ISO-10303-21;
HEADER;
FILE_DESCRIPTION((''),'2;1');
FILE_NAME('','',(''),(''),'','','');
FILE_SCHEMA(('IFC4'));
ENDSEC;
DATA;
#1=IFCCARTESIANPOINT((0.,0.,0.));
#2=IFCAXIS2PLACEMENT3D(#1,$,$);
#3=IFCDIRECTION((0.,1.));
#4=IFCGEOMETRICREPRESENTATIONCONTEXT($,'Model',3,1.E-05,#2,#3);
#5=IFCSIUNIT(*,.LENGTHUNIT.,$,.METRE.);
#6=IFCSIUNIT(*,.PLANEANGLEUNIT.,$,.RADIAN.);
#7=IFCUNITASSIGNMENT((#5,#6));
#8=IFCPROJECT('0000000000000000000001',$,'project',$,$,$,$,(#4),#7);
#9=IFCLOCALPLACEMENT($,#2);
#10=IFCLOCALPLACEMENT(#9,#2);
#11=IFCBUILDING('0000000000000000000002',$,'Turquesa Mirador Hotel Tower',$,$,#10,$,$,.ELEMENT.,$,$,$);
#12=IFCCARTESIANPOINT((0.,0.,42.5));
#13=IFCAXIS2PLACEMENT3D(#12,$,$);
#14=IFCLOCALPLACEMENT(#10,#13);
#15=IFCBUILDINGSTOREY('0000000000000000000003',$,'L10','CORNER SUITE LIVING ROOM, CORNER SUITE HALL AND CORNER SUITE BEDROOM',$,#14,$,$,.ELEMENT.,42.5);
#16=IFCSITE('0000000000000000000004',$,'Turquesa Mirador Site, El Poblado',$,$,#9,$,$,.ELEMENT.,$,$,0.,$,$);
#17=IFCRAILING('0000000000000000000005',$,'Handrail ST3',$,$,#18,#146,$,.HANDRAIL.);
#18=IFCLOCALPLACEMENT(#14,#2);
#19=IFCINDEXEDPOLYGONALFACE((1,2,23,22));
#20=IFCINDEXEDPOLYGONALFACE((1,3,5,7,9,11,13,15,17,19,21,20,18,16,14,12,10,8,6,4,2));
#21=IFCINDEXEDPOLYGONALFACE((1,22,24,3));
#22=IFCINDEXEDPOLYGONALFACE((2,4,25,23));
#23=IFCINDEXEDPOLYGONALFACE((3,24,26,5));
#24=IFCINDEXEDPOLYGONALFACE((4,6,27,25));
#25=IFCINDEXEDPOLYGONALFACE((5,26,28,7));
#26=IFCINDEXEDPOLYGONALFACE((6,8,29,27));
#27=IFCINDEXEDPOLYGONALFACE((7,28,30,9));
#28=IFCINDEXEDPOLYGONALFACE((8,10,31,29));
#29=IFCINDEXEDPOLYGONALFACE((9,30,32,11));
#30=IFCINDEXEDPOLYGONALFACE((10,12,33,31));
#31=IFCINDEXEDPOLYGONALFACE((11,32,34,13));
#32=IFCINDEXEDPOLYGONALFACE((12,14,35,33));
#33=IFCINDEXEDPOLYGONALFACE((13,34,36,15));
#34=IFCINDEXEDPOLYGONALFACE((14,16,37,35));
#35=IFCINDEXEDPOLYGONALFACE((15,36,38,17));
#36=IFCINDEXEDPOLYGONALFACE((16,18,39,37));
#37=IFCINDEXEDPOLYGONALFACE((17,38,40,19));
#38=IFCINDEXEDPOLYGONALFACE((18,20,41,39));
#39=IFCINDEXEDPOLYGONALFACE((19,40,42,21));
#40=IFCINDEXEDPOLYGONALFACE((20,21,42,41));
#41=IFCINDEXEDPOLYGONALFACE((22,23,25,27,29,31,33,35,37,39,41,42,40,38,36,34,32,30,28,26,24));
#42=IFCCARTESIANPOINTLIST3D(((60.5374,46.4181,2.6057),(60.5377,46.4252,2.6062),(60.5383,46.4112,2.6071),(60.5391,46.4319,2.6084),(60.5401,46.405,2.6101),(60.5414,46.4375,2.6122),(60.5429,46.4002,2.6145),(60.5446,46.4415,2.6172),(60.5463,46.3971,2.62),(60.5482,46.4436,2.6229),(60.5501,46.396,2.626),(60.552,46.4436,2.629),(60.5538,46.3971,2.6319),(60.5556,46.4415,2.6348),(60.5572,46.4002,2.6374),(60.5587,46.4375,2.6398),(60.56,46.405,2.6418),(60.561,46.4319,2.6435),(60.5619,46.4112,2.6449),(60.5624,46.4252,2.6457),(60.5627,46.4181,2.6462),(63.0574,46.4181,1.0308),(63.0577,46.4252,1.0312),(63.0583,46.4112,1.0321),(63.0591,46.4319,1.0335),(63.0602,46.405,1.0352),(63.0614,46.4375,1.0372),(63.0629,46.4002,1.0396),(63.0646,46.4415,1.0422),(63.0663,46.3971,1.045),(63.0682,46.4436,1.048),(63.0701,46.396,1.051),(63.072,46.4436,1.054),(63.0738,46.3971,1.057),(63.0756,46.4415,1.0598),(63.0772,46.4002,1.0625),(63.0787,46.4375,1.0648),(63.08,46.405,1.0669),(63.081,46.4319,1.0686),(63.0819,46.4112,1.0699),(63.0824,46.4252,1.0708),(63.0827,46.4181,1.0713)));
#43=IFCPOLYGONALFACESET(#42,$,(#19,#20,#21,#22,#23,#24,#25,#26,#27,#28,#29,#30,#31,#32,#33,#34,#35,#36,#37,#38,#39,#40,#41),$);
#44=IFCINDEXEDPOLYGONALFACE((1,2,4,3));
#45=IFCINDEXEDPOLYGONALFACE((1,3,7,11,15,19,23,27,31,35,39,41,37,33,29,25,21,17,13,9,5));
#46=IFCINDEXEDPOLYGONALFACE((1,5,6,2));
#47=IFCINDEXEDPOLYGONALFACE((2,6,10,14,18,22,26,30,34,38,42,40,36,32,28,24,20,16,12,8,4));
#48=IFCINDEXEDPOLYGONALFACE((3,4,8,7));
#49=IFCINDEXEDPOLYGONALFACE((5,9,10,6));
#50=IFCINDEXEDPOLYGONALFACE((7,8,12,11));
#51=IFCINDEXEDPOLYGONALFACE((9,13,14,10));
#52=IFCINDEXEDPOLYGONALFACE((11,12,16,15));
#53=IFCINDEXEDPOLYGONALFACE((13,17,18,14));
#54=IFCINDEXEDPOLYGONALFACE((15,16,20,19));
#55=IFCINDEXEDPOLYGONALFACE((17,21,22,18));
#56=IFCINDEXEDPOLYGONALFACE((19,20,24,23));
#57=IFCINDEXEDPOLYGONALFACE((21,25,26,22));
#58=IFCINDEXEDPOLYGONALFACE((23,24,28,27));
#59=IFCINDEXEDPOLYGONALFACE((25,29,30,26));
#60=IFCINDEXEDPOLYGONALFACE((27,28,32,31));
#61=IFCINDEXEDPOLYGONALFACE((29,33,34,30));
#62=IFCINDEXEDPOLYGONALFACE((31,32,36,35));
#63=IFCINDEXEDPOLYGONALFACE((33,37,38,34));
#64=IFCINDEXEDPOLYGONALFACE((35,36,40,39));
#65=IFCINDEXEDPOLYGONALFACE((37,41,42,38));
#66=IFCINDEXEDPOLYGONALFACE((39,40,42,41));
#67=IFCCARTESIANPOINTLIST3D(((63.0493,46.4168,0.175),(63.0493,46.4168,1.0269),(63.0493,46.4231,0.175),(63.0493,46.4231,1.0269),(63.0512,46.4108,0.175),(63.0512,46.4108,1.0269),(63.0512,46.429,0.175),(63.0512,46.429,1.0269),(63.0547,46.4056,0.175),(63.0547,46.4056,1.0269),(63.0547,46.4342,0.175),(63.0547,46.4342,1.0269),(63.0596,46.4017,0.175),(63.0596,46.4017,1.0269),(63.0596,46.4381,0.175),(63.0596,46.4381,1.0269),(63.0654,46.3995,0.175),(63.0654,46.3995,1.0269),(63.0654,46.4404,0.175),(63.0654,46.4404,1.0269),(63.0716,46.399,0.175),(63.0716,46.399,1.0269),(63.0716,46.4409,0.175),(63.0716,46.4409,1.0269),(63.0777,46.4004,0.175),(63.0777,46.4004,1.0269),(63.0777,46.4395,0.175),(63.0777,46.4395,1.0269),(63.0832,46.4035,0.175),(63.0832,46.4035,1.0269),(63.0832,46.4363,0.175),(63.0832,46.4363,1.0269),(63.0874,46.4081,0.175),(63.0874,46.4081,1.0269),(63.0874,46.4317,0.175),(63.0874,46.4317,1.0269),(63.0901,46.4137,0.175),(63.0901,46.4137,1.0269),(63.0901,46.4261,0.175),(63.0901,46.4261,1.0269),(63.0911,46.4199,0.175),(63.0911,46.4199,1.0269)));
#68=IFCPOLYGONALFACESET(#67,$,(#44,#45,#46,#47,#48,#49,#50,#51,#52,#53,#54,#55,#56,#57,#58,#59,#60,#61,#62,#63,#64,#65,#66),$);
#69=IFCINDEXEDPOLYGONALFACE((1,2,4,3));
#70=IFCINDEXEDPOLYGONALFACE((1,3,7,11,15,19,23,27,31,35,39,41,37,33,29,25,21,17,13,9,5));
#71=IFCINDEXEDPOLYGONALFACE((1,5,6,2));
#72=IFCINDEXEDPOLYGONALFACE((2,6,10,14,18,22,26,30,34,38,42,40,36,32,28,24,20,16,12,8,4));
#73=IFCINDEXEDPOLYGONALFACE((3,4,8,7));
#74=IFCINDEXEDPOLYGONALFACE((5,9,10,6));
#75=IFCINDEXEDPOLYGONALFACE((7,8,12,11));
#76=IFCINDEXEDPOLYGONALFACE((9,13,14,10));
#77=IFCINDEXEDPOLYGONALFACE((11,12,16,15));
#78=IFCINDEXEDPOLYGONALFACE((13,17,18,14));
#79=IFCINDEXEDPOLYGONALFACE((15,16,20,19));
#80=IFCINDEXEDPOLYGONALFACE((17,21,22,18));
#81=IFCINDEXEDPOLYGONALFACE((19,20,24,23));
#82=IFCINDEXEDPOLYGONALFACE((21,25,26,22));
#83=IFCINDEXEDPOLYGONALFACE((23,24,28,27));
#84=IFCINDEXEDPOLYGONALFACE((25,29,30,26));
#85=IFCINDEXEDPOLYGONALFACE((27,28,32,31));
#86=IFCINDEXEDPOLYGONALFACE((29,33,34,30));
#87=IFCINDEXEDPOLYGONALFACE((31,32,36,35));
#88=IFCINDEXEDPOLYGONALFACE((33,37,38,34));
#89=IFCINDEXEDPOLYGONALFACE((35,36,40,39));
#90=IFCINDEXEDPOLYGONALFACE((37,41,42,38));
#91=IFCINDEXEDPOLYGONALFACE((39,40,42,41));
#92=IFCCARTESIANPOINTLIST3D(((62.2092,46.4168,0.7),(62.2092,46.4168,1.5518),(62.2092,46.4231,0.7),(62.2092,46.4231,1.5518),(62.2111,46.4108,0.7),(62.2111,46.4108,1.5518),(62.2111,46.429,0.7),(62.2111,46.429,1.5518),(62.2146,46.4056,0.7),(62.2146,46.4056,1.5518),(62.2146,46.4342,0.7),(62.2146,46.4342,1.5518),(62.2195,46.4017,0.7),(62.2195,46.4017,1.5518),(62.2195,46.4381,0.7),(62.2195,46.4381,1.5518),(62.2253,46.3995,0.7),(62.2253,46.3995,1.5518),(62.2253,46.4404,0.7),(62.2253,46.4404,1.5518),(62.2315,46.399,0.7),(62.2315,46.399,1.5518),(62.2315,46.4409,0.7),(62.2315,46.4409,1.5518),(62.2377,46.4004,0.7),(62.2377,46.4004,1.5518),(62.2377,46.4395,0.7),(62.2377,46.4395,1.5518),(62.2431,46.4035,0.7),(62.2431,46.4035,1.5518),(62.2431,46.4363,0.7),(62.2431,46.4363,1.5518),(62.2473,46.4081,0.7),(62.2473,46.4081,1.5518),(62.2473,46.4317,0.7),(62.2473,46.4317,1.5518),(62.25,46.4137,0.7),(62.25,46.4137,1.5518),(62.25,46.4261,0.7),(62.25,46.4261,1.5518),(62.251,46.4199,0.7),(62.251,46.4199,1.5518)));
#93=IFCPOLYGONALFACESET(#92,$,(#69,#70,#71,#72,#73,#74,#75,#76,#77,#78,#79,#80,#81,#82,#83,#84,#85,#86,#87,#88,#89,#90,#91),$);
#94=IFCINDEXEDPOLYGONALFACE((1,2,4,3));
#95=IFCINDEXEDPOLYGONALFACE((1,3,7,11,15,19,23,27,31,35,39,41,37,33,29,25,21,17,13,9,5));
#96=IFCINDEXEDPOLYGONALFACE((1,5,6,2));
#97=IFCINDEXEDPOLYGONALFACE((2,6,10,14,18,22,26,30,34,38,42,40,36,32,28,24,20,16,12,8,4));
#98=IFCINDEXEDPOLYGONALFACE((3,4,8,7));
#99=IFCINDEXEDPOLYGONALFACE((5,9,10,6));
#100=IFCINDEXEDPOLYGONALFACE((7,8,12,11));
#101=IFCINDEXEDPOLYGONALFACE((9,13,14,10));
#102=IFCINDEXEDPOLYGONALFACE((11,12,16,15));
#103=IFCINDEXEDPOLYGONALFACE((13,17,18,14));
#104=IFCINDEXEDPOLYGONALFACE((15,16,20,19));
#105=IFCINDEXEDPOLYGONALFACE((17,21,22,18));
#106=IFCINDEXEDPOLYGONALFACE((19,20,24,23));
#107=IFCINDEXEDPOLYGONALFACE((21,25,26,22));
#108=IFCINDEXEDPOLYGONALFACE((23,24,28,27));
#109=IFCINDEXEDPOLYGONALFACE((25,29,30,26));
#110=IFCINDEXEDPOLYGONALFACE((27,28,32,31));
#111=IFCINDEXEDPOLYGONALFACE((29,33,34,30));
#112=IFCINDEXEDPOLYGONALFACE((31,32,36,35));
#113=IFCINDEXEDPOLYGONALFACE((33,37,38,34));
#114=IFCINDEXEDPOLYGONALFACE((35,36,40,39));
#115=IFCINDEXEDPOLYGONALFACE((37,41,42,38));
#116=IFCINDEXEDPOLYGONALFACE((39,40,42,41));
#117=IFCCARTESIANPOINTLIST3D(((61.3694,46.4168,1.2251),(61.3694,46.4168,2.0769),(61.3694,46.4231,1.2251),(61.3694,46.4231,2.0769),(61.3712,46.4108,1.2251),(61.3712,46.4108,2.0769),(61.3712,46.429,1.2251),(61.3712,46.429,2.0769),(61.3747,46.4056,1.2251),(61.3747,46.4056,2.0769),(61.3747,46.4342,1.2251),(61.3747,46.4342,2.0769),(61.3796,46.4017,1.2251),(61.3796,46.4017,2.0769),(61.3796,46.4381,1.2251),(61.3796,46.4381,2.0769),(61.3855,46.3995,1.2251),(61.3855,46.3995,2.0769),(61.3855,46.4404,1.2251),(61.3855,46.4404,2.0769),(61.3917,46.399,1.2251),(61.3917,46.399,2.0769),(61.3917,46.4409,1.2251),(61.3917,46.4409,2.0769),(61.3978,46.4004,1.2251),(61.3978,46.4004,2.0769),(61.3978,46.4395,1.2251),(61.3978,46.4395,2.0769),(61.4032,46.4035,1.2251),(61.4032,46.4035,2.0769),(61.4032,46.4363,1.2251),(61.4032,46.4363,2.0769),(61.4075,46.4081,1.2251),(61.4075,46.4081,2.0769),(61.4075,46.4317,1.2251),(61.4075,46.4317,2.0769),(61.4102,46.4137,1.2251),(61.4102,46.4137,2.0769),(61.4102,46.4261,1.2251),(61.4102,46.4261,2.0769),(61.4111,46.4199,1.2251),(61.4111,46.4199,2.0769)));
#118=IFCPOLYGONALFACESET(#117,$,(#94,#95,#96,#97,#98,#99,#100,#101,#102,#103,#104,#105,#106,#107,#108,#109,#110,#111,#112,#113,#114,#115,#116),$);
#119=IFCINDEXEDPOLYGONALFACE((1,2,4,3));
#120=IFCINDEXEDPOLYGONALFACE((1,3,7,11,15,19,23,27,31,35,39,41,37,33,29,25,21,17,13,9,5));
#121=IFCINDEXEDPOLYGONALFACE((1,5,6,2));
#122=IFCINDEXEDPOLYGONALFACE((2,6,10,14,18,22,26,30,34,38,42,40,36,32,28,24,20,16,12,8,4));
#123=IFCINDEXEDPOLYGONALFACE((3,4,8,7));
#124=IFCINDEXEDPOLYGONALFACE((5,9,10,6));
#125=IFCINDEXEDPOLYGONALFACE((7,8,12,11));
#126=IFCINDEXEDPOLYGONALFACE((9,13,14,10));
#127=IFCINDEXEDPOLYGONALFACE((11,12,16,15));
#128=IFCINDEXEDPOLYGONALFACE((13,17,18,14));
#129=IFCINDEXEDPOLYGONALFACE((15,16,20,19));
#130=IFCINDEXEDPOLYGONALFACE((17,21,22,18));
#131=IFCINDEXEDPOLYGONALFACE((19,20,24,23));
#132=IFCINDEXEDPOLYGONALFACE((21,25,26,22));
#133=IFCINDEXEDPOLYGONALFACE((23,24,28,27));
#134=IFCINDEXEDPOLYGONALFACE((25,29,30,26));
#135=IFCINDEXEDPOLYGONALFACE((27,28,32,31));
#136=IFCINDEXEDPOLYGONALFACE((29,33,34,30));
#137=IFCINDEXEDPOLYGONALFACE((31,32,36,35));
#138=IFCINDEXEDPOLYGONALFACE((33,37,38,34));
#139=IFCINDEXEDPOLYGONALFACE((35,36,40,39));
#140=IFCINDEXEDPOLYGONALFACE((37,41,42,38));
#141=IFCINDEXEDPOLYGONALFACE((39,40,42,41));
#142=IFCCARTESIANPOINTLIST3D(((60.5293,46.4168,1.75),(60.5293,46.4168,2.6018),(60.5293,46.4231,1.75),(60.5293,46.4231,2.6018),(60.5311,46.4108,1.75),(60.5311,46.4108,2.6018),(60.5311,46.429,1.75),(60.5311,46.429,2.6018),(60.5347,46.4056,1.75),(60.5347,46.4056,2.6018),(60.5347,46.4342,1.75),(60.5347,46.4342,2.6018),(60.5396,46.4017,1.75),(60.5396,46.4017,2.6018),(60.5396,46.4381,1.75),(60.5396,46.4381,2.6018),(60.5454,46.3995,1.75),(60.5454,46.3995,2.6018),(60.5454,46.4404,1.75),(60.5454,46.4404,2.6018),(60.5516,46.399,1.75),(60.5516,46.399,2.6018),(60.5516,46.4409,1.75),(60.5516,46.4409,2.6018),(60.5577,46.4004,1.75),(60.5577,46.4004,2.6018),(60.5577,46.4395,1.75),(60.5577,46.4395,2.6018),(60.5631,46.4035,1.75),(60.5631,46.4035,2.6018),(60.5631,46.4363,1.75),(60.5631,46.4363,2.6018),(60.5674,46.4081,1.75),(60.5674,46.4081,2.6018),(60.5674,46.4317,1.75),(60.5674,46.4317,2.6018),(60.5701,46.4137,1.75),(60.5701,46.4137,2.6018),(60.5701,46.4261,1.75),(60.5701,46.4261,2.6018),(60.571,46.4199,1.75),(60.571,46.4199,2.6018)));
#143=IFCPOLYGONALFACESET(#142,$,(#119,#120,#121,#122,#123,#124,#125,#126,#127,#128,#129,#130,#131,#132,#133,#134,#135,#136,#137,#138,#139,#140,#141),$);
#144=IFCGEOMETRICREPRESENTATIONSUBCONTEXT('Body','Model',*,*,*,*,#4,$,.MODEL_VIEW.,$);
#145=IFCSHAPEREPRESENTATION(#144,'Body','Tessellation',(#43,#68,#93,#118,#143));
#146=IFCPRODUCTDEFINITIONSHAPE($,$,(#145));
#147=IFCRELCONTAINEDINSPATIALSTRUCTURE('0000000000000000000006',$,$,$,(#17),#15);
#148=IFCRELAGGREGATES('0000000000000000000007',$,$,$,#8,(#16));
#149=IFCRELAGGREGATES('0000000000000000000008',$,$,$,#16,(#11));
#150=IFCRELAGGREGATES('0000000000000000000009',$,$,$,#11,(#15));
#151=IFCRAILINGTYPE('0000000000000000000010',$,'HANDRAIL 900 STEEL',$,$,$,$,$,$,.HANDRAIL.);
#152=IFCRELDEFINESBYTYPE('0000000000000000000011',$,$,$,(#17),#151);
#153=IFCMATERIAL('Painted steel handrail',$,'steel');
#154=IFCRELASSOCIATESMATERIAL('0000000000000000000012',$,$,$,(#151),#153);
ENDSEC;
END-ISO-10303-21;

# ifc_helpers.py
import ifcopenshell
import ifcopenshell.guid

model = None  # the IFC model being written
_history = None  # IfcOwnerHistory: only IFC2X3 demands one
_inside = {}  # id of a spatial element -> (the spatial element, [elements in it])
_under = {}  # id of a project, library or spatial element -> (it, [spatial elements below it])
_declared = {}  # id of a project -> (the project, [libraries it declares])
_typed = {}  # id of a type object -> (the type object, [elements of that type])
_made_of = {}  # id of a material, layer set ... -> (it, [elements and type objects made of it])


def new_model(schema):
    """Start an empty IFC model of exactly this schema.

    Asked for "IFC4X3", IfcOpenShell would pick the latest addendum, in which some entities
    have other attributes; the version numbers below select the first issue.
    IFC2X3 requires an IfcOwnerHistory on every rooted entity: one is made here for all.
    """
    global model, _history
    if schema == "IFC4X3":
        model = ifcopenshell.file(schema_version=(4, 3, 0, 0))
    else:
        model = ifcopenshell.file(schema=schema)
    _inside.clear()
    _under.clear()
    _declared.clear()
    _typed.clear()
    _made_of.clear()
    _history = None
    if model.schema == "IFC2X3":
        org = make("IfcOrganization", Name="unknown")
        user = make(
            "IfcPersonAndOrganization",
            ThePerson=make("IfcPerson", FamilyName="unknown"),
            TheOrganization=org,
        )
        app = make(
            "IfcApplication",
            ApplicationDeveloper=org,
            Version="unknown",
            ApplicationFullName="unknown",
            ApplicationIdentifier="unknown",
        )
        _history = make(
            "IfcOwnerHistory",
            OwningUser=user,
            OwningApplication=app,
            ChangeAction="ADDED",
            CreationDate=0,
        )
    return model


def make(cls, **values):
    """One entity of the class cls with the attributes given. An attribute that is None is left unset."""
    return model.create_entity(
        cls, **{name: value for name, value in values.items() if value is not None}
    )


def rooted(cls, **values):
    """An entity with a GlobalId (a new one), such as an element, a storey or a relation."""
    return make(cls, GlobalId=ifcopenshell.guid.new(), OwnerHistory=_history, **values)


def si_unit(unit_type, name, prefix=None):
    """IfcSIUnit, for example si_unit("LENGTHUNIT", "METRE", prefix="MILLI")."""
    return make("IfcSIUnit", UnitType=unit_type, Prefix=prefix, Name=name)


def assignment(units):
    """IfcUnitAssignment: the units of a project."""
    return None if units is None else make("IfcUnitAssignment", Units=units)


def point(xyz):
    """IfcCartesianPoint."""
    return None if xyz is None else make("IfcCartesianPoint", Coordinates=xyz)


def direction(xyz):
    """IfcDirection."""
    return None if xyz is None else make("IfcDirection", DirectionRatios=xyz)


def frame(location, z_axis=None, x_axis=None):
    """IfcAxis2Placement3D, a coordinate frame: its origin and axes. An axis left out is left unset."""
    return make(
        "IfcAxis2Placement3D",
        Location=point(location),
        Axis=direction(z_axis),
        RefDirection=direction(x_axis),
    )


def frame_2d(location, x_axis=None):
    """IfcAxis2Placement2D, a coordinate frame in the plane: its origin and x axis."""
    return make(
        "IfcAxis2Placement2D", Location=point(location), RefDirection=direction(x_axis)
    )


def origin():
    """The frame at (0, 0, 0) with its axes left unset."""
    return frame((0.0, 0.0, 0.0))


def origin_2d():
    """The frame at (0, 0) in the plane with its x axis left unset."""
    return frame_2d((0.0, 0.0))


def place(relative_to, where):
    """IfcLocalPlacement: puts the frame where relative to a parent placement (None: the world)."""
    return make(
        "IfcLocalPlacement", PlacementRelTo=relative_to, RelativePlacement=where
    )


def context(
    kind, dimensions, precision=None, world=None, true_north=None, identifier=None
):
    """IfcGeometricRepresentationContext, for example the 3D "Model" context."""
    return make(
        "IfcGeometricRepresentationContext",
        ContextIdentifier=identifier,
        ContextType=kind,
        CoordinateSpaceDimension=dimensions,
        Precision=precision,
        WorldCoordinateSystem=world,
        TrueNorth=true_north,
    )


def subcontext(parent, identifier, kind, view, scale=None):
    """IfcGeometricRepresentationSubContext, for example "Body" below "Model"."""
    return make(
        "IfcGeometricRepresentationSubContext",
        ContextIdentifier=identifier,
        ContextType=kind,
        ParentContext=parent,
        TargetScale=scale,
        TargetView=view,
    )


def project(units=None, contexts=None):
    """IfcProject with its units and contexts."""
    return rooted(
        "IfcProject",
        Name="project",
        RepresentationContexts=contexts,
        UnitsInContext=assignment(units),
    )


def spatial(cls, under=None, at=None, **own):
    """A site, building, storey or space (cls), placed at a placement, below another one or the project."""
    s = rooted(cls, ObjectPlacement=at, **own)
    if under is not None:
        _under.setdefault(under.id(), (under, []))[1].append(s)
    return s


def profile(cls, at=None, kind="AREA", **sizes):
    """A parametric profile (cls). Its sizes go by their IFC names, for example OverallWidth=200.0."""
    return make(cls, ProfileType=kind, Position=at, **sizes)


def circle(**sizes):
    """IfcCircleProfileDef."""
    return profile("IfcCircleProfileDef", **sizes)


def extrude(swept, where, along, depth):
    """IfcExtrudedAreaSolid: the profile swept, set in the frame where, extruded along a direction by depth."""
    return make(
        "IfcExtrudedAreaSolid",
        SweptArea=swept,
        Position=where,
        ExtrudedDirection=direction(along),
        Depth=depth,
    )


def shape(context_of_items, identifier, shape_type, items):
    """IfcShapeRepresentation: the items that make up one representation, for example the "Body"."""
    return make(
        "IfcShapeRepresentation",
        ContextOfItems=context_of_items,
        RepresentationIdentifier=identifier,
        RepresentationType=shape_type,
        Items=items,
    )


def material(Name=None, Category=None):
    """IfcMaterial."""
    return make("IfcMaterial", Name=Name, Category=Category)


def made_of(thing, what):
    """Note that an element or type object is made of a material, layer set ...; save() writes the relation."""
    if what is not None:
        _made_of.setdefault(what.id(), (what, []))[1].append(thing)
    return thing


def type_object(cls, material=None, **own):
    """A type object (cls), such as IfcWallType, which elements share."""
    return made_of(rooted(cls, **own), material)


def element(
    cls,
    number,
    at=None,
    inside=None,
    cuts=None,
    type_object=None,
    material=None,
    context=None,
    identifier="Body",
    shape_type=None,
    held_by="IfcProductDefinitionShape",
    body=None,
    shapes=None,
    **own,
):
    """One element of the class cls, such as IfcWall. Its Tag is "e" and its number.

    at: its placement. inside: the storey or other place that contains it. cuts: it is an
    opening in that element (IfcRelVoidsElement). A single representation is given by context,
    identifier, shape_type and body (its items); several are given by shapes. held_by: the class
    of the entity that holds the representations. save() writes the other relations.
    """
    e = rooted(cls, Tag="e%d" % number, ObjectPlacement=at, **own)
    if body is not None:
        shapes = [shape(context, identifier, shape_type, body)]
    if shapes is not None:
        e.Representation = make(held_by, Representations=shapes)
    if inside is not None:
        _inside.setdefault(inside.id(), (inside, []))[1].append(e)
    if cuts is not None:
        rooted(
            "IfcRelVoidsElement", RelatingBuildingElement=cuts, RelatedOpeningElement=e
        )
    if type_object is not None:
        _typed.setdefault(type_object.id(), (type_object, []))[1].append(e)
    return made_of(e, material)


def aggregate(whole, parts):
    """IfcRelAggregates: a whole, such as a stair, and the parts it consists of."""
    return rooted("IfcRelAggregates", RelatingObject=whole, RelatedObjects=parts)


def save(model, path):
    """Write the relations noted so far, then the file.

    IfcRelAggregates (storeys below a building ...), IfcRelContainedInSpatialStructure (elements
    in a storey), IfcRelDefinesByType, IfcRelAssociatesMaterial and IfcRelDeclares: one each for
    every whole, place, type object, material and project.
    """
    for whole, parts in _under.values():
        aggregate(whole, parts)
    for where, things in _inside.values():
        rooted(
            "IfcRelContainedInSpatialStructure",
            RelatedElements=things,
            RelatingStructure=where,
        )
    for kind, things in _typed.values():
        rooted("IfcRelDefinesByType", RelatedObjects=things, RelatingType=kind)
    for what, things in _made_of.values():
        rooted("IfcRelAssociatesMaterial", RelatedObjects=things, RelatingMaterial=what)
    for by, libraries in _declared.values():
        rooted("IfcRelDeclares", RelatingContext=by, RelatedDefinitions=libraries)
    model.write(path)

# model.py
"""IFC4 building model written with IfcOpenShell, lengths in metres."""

from ifc_helpers import new_model, si_unit, direction, frame, origin, origin_2d, place, context, subcontext, project, spatial, circle, extrude, material, type_object, element, save


model = new_model("IFC4")

# Units and contexts
model_context = context("Model", 3, precision=1e-05, world=origin(), true_north=direction((0.0, 1.0)))
body_context = subcontext(model_context, "Body", "Model", "MODEL_VIEW")
ifc_project = project(units=[si_unit("LENGTHUNIT", "METRE"), si_unit("PLANEANGLEUNIT", "RADIAN")], contexts=[model_context])

# Site, building, storey
site_placement = place(None, origin())
site = spatial("IfcSite", under=ifc_project, at=site_placement, Name="Turquesa Mirador Site, El Poblado", CompositionType="ELEMENT", RefElevation=0.0)
building_placement = place(site_placement, origin())
building = spatial("IfcBuilding", under=site, at=building_placement, Name="Turquesa Mirador Hotel Tower", CompositionType="ELEMENT")
storey_placement = place(building_placement, frame((0.0, 0.0, 42.5)))
storey = spatial("IfcBuildingStorey", under=building, at=storey_placement, Name="L10", Description="CORNER SUITE LIVING ROOM, CORNER SUITE HALL AND CORNER SUITE BEDROOM", CompositionType="ELEMENT", Elevation=42.5)

# Railing
ifc_material_1 = material(Name="Painted steel handrail", Category="steel")
railing_type = type_object("IfcRailingType", Name="HANDRAIL 900 STEEL", PredefinedType="HANDRAIL", material=ifc_material_1)
for number, where, name in (
    (1, (63.0701, 46.4199, 0.175), "Handrail ST3"),
):
    element("IfcRailing", number, at=place(storey_placement, frame(where)), inside=storey, type_object=railing_type, Name=name, PredefinedType="HANDRAIL", context=body_context, shape_type="SweptSolid", body=[
        extrude(circle(Radius=0.0239, at=origin_2d()), frame((0.0, 0.0, 0.876), z_axis=(-0.848008, 0.0, 0.529984), x_axis=(0.0, -1.0, 0.0)), (0.0, 0.0, 1.0), 2.9717),
        extrude(circle(Radius=0.021, at=origin_2d()), origin(), (0.0, 0.0, 1.0), 0.8518),
        extrude(circle(Radius=0.021, at=origin_2d()), frame((-0.8401, 0.0, 0.5249)), (0.0, 0.0, 1.0), 0.8518),
        extrude(circle(Radius=0.021, at=origin_2d()), frame((-1.6799, 0.0, 1.05)), (0.0, 0.0, 1.0), 0.8518),
        extrude(circle(Radius=0.021, at=origin_2d()), frame((-2.52, 0.0, 1.575)), (0.0, 0.0, 1.0), 0.8518),
    ])

save(model, "model.ifc")
